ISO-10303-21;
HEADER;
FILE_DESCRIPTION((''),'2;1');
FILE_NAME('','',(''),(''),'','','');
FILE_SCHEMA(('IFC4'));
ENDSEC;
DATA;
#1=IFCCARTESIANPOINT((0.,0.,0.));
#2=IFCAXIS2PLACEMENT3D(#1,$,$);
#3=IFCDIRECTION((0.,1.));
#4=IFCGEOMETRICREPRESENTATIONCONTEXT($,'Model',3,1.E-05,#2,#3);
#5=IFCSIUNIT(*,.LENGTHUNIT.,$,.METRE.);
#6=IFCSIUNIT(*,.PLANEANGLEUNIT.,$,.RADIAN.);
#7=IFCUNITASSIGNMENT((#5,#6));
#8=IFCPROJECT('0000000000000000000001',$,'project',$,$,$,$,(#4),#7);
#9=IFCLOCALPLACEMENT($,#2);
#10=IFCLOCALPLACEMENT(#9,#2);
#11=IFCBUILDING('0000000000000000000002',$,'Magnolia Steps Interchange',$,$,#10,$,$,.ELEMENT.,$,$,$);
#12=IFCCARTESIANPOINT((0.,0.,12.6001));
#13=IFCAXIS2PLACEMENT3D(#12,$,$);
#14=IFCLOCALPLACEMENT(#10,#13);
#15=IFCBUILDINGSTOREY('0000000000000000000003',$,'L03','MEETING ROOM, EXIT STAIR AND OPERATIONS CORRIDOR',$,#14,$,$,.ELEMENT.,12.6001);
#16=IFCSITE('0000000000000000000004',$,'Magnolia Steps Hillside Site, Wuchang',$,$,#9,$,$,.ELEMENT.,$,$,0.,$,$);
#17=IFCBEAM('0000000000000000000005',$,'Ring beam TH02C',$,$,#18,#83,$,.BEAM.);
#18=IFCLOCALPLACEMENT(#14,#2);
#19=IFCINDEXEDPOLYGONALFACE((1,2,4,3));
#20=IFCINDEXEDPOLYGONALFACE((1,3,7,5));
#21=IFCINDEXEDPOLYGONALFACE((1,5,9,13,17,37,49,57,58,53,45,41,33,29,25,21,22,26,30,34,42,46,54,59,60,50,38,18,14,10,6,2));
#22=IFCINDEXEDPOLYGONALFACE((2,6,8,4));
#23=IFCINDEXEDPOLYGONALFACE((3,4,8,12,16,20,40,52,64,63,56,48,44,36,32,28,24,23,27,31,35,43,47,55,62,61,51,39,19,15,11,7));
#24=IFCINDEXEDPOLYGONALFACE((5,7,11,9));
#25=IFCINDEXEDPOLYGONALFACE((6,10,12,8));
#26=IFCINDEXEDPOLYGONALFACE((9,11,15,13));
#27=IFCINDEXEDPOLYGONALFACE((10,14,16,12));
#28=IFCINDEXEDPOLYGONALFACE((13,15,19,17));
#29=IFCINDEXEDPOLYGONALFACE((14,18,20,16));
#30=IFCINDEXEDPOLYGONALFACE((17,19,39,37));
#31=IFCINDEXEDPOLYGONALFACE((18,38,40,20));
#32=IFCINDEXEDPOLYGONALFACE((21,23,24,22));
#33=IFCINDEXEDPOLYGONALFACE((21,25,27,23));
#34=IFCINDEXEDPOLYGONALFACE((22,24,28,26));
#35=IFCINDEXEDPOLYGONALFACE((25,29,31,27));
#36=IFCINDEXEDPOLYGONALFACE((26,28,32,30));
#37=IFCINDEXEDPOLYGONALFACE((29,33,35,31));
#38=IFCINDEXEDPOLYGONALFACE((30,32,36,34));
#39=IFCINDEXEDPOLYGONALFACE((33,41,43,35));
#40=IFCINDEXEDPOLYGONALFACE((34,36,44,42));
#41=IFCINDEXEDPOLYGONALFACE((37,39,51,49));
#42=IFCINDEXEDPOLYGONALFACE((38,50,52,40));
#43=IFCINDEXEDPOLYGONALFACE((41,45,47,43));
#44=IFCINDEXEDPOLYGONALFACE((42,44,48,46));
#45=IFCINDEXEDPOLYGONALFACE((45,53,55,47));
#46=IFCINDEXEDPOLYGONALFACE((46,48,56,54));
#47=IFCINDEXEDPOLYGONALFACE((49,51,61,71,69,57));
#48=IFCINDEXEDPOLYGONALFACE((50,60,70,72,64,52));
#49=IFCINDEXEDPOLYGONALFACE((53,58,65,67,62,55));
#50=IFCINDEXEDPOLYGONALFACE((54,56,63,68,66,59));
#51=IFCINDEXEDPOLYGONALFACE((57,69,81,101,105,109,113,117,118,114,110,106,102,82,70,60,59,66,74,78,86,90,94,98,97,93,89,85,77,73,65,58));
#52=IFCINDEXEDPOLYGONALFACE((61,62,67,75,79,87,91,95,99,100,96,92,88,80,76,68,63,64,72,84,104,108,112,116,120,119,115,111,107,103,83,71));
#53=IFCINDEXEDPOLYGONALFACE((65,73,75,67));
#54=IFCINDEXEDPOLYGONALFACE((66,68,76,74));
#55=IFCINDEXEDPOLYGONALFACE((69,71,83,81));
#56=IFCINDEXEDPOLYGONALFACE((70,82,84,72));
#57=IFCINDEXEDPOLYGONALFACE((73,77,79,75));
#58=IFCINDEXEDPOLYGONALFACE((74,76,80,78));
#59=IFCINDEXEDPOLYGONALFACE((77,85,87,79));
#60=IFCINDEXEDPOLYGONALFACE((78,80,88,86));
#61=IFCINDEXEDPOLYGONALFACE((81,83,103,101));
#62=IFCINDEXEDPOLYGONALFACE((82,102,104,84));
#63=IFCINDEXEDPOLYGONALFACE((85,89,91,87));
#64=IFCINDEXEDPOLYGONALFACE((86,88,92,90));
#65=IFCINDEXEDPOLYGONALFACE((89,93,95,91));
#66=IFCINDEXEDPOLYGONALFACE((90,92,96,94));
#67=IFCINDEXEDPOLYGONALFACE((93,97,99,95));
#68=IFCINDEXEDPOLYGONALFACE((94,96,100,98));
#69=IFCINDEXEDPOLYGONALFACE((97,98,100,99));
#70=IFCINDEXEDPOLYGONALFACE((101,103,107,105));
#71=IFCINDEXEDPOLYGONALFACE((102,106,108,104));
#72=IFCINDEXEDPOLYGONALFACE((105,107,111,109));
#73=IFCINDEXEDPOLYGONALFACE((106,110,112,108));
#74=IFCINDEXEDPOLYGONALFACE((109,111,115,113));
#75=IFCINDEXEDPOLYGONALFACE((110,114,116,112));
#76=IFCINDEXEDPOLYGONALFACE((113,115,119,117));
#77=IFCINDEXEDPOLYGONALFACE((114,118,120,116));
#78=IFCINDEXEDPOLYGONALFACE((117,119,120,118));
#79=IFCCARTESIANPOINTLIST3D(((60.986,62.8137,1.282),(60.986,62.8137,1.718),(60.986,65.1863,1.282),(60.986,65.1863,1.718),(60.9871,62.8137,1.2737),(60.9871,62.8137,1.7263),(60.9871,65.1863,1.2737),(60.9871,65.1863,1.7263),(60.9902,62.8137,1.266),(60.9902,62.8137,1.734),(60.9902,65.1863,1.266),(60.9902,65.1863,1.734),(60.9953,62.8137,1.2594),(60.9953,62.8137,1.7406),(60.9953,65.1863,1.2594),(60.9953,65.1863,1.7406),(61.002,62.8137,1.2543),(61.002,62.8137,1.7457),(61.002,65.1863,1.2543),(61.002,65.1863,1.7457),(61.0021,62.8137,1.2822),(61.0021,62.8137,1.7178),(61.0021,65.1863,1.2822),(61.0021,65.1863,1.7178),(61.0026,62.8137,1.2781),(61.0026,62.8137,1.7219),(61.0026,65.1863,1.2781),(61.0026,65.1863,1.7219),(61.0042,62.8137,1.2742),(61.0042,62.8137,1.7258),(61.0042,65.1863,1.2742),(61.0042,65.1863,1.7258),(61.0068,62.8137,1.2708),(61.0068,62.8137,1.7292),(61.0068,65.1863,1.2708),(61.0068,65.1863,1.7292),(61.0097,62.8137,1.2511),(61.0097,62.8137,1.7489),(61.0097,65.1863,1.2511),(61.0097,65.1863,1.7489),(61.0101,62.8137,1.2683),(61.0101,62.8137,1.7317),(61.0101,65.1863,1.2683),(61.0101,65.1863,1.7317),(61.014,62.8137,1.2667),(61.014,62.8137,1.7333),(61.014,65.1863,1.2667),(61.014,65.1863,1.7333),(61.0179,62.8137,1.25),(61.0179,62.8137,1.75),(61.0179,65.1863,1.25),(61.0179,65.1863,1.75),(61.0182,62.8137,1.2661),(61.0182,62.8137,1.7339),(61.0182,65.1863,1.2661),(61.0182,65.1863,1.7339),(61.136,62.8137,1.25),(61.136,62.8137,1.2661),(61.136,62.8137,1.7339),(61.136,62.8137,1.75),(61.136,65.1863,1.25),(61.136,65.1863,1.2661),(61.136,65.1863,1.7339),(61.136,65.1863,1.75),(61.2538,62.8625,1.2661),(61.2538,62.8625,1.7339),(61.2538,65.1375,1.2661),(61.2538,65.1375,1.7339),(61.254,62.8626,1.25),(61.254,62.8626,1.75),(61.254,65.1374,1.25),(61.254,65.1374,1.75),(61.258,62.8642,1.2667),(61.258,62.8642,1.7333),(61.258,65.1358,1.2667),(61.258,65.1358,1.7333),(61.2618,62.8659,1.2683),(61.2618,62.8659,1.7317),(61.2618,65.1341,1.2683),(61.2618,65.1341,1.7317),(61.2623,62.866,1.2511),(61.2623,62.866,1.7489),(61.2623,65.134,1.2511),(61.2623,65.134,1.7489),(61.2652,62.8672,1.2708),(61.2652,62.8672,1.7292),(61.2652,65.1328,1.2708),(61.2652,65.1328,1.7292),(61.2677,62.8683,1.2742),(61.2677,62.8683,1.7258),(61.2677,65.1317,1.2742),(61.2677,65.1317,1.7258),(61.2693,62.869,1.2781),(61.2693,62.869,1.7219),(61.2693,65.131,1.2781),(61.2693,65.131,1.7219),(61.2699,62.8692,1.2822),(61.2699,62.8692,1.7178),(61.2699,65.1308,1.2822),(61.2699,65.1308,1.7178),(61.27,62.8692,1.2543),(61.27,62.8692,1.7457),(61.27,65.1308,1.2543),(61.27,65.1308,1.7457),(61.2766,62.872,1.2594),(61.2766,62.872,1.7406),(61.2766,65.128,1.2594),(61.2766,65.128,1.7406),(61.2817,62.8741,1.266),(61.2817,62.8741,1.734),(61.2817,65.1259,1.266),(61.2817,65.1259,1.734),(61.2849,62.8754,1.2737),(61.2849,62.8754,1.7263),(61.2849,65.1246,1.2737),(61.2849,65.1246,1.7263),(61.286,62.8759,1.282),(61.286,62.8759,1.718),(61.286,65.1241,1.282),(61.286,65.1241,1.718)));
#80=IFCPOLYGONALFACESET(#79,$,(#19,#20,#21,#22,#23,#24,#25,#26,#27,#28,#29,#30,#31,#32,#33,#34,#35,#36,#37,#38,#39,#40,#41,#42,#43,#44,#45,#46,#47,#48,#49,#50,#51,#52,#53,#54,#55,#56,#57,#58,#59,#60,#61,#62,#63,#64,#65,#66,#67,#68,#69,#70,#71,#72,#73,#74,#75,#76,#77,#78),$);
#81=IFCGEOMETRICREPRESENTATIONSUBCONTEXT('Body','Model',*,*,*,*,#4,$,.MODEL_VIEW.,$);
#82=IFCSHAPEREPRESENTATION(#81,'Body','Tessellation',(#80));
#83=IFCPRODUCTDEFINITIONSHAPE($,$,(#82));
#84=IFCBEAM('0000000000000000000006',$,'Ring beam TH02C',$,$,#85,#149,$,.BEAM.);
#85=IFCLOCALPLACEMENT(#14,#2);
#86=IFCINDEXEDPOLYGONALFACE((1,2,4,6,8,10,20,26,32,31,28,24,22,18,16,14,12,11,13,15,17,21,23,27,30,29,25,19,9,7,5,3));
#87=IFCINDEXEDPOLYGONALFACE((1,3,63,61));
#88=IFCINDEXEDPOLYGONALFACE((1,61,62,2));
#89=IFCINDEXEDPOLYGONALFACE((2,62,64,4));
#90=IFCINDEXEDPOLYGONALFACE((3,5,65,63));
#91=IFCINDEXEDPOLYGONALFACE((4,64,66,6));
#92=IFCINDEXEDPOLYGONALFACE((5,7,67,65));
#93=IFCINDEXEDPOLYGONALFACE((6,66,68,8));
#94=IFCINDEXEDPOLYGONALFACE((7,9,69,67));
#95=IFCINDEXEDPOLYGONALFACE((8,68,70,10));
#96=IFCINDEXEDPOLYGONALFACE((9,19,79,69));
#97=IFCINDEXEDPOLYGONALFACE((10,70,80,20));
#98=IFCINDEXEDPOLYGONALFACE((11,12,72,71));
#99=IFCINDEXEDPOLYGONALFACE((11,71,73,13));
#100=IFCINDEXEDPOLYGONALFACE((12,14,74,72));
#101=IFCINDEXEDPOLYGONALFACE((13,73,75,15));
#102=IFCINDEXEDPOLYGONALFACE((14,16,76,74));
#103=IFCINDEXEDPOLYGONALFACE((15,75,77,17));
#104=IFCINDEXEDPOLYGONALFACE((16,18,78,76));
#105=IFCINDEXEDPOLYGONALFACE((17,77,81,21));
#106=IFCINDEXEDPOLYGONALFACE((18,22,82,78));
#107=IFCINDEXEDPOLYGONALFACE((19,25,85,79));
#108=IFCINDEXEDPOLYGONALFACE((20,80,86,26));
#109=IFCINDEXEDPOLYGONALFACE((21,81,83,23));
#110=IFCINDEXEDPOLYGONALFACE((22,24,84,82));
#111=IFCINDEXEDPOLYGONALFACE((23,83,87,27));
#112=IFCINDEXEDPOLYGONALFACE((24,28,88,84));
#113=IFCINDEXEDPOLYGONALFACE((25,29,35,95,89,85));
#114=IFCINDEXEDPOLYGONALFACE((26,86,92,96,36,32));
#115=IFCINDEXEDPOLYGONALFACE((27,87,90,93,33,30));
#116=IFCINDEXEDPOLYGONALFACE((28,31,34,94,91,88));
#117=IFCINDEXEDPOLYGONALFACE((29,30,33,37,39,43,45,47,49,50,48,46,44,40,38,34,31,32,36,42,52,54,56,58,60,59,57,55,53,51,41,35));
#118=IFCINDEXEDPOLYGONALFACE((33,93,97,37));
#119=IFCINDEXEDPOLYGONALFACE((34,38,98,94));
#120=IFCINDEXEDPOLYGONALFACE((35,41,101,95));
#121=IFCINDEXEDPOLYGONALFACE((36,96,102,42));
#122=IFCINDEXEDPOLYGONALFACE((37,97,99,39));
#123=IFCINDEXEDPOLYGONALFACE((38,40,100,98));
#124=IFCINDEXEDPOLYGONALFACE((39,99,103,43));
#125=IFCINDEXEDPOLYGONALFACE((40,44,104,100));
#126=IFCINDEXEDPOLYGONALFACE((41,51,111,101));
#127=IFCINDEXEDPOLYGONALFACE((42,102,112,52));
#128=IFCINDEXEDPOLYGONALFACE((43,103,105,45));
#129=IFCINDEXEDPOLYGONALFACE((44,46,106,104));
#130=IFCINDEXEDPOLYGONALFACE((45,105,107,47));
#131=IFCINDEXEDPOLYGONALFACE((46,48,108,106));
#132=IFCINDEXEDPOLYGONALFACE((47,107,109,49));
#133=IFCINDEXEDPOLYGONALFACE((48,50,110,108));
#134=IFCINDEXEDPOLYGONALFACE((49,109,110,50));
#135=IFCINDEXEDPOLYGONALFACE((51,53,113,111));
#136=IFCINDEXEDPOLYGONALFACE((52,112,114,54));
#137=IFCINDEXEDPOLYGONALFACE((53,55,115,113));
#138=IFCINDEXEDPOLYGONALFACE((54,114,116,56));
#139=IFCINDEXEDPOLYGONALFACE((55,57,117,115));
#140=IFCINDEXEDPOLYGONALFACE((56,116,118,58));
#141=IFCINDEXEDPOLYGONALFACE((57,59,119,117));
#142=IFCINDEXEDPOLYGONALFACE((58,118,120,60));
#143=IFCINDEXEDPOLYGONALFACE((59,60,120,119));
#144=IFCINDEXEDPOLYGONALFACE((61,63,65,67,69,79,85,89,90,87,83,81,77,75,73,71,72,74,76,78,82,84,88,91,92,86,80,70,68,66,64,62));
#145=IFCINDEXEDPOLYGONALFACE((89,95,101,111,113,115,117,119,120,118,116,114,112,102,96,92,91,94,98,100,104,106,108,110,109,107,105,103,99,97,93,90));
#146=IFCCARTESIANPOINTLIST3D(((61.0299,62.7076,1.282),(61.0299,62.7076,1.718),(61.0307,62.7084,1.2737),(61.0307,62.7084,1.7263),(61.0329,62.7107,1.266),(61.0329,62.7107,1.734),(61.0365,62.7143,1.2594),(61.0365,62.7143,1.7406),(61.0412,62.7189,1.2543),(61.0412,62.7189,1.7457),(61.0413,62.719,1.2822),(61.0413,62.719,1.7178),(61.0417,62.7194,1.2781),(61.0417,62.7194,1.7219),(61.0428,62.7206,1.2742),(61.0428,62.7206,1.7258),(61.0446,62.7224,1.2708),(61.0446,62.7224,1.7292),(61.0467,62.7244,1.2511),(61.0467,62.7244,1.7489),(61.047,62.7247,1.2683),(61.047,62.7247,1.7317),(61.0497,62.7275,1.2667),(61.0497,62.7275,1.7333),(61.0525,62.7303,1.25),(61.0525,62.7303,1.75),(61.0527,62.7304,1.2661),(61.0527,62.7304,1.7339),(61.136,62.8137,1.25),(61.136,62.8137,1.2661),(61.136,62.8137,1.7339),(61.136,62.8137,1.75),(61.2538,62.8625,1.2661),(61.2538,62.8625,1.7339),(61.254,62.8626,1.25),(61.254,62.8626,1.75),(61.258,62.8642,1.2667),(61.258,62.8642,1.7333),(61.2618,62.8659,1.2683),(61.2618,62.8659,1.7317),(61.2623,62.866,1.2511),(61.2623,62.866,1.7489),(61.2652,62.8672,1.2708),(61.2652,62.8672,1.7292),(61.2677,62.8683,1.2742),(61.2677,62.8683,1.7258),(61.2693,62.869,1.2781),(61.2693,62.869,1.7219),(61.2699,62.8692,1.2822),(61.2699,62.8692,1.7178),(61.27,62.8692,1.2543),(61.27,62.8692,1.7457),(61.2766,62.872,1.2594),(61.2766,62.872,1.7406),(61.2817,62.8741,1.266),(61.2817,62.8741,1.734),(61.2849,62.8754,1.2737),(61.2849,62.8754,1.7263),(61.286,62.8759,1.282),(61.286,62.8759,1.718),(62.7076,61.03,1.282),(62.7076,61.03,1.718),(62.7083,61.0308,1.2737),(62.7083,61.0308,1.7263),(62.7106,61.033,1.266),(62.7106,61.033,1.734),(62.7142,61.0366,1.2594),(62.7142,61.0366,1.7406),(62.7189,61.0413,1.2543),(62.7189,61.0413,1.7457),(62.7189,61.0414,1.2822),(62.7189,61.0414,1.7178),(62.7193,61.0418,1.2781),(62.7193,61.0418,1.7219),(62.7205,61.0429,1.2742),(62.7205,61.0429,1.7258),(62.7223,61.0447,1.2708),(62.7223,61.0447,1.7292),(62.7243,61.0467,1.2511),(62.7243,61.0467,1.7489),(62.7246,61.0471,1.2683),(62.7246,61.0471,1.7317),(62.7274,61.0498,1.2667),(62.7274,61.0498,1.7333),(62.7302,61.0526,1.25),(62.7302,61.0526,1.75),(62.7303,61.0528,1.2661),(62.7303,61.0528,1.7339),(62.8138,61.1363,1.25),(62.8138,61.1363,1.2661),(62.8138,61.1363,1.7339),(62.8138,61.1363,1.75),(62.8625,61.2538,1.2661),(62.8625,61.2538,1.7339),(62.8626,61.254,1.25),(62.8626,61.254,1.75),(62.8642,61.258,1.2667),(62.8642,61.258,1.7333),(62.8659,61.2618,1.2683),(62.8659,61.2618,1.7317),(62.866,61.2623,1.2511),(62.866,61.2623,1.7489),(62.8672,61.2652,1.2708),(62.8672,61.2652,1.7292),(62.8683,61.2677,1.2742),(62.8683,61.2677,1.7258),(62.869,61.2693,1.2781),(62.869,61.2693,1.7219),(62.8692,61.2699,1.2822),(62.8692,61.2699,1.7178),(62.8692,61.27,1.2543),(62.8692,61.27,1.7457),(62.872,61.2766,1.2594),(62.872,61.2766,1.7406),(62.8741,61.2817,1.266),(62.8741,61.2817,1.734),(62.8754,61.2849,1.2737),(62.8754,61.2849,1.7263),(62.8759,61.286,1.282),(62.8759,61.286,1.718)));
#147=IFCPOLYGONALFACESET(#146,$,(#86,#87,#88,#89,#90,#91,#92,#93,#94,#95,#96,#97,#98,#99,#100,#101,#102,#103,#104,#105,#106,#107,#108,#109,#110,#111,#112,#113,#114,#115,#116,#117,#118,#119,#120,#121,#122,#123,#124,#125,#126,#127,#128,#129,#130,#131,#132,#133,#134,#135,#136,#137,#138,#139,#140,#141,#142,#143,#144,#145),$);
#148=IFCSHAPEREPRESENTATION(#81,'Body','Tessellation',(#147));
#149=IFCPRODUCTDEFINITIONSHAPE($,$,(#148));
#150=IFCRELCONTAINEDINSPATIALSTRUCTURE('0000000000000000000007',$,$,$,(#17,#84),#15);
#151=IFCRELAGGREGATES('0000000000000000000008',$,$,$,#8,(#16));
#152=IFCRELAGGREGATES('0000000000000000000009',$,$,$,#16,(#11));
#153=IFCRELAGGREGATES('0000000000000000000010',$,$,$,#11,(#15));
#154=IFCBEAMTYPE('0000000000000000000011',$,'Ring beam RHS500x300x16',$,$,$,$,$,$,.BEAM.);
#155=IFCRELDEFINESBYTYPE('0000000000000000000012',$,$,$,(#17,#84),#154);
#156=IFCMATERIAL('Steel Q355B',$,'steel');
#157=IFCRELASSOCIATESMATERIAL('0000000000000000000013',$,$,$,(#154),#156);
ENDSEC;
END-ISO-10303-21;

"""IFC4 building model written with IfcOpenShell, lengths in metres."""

from ifc_helpers import new_model, si_unit, direction, frame, origin, origin_2d, place, context, subcontext, project, spatial, hollow_rectangle, extrude, clip, halfspace, material, material_profile, profile_set, type_object, element, save


model = new_model("IFC4")

# Units and contexts
model_context = context("Model", 3, precision=1e-05, world=origin(), true_north=direction((0.0, 1.0)))
body_context = subcontext(model_context, "Body", "Model", "MODEL_VIEW")
ifc_project = project(units=[si_unit("LENGTHUNIT", "METRE"), si_unit("PLANEANGLEUNIT", "RADIAN")], contexts=[model_context])

# Site, building, storey
site_placement = place(None, origin())
site = spatial("IfcSite", under=ifc_project, at=site_placement, Name="Magnolia Steps Hillside Site, Wuchang", CompositionType="ELEMENT", RefElevation=0.0)
building_placement = place(site_placement, origin())
building = spatial("IfcBuilding", under=site, at=building_placement, Name="Magnolia Steps Interchange", CompositionType="ELEMENT")
storey_placement = place(building_placement, frame((0.0, 0.0, 12.6001)))
storey = spatial("IfcBuildingStorey", under=building, at=storey_placement, Name="L03", Description="MEETING ROOM, EXIT STAIR AND OPERATIONS CORRIDOR", CompositionType="ELEMENT", Elevation=12.6001)

# Beams
ifc_material_1 = material(Name="Steel Q355B", Category="steel")
ifc_material_profile_1 = material_profile(ifc_material_1, hollow_rectangle(XDim=0.3, YDim=0.5, WallThickness=0.0161, InnerFilletRadius=0.0161, OuterFilletRadius=0.032, at=origin_2d()), Name="RHS500x300x16")
ifc_profile_set_1 = profile_set([ifc_material_profile_1], Name="Steel Q355B")
beam_type_1 = type_object("IfcBeamType", Name="Ring beam RHS500x300x16", PredefinedType="BEAM", material=ifc_profile_set_1)
beam_1_placement = place(storey_placement, frame((61.136, 65.1863, 1.5), z_axis=(0.0, -1.0, 0.0), x_axis=(1.0, 0.0, 0.0)))
element("IfcBeam", 1, at=beam_1_placement, inside=storey, type_object=beam_type_1, Name="Ring beam TH02C", PredefinedType="BEAM", context=body_context, shape_type="Clipping", body=[
    clip(clip(extrude(hollow_rectangle(XDim=0.3, YDim=0.5, WallThickness=0.0161, InnerFilletRadius=0.0161, OuterFilletRadius=0.032, at=origin_2d()), origin(), (0.0, 0.0, 1.0), 2.3726), halfspace(frame((0.0, 0.0, 0.0), z_axis=(0.382683, 0.0, -0.92388), x_axis=(0.92388, 0.0, 0.382683)), False)), halfspace(frame((0.0, 0.0, 2.3726), z_axis=(0.382683, 0.0, 0.92388), x_axis=(0.92388, 0.0, -0.382683)), False)),
])
beam_2_placement = place(storey_placement, frame((61.136, 62.8137, 1.5), z_axis=(0.707107, -0.707107, 0.0), x_axis=(0.707107, 0.707107, 0.0)))
element("IfcBeam", 2, at=beam_2_placement, inside=storey, type_object=beam_type_1, Name="Ring beam TH02C", PredefinedType="BEAM", context=body_context, shape_type="Clipping", body=[
    clip(clip(extrude(hollow_rectangle(XDim=0.3, YDim=0.5, WallThickness=0.0161, InnerFilletRadius=0.0161, OuterFilletRadius=0.032, at=origin_2d()), origin(), (0.0, 0.0, 1.0), 2.3726), halfspace(frame((0.0, 0.0, 0.0), z_axis=(0.382683, 0.0, -0.92388), x_axis=(0.92388, 0.0, 0.382683)), False)), halfspace(frame((0.0, 0.0, 2.3727), z_axis=(0.382683, 0.0, 0.92388), x_axis=(0.92388, 0.0, -0.382683)), False)),
])

save(model, "model.ifc")
